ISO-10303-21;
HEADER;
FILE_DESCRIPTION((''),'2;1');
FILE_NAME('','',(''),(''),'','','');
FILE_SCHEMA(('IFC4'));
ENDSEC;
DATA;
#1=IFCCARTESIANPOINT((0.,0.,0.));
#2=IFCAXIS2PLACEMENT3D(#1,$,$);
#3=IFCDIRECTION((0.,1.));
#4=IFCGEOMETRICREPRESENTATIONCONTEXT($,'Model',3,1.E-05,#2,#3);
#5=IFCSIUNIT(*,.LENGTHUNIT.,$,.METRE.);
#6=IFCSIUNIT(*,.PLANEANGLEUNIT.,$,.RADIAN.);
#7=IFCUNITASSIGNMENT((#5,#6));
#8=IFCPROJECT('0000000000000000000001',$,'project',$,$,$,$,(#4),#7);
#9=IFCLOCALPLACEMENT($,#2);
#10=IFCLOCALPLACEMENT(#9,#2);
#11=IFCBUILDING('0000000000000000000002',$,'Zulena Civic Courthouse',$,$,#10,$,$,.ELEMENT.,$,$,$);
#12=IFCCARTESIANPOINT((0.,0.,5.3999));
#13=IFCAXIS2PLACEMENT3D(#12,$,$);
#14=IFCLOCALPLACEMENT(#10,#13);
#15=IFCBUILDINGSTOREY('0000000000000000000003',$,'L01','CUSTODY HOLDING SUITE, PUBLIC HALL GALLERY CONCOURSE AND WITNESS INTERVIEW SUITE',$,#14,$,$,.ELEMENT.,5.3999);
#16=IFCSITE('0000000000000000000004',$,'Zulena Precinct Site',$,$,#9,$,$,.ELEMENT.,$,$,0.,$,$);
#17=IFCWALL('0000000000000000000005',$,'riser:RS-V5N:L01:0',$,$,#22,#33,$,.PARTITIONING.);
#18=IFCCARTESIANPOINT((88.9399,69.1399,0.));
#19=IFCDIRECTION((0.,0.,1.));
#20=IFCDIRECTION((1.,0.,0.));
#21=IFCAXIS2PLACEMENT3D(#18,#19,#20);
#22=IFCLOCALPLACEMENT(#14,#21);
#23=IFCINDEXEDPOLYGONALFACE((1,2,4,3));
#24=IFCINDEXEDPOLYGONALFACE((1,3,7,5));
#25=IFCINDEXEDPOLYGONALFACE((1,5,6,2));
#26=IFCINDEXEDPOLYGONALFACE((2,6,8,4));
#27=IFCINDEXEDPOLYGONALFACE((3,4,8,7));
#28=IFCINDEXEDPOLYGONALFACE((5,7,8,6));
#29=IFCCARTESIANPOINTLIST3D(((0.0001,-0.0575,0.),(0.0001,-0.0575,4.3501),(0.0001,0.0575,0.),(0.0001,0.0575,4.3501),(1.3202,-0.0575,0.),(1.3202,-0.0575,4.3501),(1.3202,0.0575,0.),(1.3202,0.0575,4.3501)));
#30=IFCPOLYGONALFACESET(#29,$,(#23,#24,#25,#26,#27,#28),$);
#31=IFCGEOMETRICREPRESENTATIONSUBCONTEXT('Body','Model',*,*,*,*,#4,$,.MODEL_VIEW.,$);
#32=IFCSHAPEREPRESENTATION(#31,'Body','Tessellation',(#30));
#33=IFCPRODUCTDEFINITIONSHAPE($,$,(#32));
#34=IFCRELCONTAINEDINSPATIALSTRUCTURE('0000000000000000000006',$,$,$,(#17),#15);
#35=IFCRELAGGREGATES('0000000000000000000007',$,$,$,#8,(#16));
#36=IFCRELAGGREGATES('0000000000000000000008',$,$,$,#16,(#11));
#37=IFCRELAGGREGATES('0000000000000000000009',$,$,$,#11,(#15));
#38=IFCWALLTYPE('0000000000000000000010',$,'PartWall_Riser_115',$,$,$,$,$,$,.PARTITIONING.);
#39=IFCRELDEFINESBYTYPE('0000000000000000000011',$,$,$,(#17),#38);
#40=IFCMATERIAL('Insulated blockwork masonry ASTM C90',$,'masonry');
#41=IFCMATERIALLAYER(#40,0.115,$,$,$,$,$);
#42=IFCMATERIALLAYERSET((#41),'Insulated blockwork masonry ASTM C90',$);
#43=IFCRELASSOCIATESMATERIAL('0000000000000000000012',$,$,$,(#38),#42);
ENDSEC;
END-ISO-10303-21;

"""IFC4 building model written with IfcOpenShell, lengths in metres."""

from ifc_helpers import new_model, si_unit, direction, frame, frame_2d, origin, place, context, subcontext, project, spatial, rectangle, extrude, material, layer, layer_set, type_object, element, save


model = new_model("IFC4")

# Units and contexts
model_context = context("Model", 3, precision=1e-05, world=origin(), true_north=direction((0.0, 1.0)))
body_context = subcontext(model_context, "Body", "Model", "MODEL_VIEW")
ifc_project = project(units=[si_unit("LENGTHUNIT", "METRE"), si_unit("PLANEANGLEUNIT", "RADIAN")], contexts=[model_context])

# Site, building, storey
site_placement = place(None, origin())
site = spatial("IfcSite", under=ifc_project, at=site_placement, Name="Zulena Precinct Site", CompositionType="ELEMENT", RefElevation=0.0)
building_placement = place(site_placement, origin())
building = spatial("IfcBuilding", under=site, at=building_placement, Name="Zulena Civic Courthouse", CompositionType="ELEMENT")
storey_placement = place(building_placement, frame((0.0, 0.0, 5.3999)))
storey = spatial("IfcBuildingStorey", under=building, at=storey_placement, Name="L01", Description="CUSTODY HOLDING SUITE, PUBLIC HALL GALLERY CONCOURSE AND WITNESS INTERVIEW SUITE", CompositionType="ELEMENT", Elevation=5.3999)

# Shared definitions
ifc_material_1 = material(Name="Insulated blockwork masonry ASTM C90", Category="masonry")

# Wall
ifc_layer_1 = layer(ifc_material_1, 0.115)
ifc_layer_set_1 = layer_set([ifc_layer_1], Name="Insulated blockwork masonry ASTM C90")
wall_type_1 = type_object("IfcWallType", Name="PartWall_Riser_115", PredefinedType="PARTITIONING", material=ifc_layer_set_1)
for number, where, z_axis, x_axis, name in (
    (1, (88.9399, 69.1399, 0.0), (0.0, 0.0, 1.0), (1.0, 0.0, 0.0), "riser:RS-V5N:L01:0"),
):
    element("IfcWall", number, at=place(storey_placement, frame(where, z_axis=z_axis, x_axis=x_axis)), inside=storey, type_object=wall_type_1, Name=name, PredefinedType="PARTITIONING", context=body_context, shape_type="SweptSolid", body=[
        extrude(rectangle(XDim=1.3201, YDim=0.115, at=frame_2d((0.6602, 0.0))), origin(), (0.0, 0.0, 1.0), 4.3501),
    ])

save(model, "model.ifc")
